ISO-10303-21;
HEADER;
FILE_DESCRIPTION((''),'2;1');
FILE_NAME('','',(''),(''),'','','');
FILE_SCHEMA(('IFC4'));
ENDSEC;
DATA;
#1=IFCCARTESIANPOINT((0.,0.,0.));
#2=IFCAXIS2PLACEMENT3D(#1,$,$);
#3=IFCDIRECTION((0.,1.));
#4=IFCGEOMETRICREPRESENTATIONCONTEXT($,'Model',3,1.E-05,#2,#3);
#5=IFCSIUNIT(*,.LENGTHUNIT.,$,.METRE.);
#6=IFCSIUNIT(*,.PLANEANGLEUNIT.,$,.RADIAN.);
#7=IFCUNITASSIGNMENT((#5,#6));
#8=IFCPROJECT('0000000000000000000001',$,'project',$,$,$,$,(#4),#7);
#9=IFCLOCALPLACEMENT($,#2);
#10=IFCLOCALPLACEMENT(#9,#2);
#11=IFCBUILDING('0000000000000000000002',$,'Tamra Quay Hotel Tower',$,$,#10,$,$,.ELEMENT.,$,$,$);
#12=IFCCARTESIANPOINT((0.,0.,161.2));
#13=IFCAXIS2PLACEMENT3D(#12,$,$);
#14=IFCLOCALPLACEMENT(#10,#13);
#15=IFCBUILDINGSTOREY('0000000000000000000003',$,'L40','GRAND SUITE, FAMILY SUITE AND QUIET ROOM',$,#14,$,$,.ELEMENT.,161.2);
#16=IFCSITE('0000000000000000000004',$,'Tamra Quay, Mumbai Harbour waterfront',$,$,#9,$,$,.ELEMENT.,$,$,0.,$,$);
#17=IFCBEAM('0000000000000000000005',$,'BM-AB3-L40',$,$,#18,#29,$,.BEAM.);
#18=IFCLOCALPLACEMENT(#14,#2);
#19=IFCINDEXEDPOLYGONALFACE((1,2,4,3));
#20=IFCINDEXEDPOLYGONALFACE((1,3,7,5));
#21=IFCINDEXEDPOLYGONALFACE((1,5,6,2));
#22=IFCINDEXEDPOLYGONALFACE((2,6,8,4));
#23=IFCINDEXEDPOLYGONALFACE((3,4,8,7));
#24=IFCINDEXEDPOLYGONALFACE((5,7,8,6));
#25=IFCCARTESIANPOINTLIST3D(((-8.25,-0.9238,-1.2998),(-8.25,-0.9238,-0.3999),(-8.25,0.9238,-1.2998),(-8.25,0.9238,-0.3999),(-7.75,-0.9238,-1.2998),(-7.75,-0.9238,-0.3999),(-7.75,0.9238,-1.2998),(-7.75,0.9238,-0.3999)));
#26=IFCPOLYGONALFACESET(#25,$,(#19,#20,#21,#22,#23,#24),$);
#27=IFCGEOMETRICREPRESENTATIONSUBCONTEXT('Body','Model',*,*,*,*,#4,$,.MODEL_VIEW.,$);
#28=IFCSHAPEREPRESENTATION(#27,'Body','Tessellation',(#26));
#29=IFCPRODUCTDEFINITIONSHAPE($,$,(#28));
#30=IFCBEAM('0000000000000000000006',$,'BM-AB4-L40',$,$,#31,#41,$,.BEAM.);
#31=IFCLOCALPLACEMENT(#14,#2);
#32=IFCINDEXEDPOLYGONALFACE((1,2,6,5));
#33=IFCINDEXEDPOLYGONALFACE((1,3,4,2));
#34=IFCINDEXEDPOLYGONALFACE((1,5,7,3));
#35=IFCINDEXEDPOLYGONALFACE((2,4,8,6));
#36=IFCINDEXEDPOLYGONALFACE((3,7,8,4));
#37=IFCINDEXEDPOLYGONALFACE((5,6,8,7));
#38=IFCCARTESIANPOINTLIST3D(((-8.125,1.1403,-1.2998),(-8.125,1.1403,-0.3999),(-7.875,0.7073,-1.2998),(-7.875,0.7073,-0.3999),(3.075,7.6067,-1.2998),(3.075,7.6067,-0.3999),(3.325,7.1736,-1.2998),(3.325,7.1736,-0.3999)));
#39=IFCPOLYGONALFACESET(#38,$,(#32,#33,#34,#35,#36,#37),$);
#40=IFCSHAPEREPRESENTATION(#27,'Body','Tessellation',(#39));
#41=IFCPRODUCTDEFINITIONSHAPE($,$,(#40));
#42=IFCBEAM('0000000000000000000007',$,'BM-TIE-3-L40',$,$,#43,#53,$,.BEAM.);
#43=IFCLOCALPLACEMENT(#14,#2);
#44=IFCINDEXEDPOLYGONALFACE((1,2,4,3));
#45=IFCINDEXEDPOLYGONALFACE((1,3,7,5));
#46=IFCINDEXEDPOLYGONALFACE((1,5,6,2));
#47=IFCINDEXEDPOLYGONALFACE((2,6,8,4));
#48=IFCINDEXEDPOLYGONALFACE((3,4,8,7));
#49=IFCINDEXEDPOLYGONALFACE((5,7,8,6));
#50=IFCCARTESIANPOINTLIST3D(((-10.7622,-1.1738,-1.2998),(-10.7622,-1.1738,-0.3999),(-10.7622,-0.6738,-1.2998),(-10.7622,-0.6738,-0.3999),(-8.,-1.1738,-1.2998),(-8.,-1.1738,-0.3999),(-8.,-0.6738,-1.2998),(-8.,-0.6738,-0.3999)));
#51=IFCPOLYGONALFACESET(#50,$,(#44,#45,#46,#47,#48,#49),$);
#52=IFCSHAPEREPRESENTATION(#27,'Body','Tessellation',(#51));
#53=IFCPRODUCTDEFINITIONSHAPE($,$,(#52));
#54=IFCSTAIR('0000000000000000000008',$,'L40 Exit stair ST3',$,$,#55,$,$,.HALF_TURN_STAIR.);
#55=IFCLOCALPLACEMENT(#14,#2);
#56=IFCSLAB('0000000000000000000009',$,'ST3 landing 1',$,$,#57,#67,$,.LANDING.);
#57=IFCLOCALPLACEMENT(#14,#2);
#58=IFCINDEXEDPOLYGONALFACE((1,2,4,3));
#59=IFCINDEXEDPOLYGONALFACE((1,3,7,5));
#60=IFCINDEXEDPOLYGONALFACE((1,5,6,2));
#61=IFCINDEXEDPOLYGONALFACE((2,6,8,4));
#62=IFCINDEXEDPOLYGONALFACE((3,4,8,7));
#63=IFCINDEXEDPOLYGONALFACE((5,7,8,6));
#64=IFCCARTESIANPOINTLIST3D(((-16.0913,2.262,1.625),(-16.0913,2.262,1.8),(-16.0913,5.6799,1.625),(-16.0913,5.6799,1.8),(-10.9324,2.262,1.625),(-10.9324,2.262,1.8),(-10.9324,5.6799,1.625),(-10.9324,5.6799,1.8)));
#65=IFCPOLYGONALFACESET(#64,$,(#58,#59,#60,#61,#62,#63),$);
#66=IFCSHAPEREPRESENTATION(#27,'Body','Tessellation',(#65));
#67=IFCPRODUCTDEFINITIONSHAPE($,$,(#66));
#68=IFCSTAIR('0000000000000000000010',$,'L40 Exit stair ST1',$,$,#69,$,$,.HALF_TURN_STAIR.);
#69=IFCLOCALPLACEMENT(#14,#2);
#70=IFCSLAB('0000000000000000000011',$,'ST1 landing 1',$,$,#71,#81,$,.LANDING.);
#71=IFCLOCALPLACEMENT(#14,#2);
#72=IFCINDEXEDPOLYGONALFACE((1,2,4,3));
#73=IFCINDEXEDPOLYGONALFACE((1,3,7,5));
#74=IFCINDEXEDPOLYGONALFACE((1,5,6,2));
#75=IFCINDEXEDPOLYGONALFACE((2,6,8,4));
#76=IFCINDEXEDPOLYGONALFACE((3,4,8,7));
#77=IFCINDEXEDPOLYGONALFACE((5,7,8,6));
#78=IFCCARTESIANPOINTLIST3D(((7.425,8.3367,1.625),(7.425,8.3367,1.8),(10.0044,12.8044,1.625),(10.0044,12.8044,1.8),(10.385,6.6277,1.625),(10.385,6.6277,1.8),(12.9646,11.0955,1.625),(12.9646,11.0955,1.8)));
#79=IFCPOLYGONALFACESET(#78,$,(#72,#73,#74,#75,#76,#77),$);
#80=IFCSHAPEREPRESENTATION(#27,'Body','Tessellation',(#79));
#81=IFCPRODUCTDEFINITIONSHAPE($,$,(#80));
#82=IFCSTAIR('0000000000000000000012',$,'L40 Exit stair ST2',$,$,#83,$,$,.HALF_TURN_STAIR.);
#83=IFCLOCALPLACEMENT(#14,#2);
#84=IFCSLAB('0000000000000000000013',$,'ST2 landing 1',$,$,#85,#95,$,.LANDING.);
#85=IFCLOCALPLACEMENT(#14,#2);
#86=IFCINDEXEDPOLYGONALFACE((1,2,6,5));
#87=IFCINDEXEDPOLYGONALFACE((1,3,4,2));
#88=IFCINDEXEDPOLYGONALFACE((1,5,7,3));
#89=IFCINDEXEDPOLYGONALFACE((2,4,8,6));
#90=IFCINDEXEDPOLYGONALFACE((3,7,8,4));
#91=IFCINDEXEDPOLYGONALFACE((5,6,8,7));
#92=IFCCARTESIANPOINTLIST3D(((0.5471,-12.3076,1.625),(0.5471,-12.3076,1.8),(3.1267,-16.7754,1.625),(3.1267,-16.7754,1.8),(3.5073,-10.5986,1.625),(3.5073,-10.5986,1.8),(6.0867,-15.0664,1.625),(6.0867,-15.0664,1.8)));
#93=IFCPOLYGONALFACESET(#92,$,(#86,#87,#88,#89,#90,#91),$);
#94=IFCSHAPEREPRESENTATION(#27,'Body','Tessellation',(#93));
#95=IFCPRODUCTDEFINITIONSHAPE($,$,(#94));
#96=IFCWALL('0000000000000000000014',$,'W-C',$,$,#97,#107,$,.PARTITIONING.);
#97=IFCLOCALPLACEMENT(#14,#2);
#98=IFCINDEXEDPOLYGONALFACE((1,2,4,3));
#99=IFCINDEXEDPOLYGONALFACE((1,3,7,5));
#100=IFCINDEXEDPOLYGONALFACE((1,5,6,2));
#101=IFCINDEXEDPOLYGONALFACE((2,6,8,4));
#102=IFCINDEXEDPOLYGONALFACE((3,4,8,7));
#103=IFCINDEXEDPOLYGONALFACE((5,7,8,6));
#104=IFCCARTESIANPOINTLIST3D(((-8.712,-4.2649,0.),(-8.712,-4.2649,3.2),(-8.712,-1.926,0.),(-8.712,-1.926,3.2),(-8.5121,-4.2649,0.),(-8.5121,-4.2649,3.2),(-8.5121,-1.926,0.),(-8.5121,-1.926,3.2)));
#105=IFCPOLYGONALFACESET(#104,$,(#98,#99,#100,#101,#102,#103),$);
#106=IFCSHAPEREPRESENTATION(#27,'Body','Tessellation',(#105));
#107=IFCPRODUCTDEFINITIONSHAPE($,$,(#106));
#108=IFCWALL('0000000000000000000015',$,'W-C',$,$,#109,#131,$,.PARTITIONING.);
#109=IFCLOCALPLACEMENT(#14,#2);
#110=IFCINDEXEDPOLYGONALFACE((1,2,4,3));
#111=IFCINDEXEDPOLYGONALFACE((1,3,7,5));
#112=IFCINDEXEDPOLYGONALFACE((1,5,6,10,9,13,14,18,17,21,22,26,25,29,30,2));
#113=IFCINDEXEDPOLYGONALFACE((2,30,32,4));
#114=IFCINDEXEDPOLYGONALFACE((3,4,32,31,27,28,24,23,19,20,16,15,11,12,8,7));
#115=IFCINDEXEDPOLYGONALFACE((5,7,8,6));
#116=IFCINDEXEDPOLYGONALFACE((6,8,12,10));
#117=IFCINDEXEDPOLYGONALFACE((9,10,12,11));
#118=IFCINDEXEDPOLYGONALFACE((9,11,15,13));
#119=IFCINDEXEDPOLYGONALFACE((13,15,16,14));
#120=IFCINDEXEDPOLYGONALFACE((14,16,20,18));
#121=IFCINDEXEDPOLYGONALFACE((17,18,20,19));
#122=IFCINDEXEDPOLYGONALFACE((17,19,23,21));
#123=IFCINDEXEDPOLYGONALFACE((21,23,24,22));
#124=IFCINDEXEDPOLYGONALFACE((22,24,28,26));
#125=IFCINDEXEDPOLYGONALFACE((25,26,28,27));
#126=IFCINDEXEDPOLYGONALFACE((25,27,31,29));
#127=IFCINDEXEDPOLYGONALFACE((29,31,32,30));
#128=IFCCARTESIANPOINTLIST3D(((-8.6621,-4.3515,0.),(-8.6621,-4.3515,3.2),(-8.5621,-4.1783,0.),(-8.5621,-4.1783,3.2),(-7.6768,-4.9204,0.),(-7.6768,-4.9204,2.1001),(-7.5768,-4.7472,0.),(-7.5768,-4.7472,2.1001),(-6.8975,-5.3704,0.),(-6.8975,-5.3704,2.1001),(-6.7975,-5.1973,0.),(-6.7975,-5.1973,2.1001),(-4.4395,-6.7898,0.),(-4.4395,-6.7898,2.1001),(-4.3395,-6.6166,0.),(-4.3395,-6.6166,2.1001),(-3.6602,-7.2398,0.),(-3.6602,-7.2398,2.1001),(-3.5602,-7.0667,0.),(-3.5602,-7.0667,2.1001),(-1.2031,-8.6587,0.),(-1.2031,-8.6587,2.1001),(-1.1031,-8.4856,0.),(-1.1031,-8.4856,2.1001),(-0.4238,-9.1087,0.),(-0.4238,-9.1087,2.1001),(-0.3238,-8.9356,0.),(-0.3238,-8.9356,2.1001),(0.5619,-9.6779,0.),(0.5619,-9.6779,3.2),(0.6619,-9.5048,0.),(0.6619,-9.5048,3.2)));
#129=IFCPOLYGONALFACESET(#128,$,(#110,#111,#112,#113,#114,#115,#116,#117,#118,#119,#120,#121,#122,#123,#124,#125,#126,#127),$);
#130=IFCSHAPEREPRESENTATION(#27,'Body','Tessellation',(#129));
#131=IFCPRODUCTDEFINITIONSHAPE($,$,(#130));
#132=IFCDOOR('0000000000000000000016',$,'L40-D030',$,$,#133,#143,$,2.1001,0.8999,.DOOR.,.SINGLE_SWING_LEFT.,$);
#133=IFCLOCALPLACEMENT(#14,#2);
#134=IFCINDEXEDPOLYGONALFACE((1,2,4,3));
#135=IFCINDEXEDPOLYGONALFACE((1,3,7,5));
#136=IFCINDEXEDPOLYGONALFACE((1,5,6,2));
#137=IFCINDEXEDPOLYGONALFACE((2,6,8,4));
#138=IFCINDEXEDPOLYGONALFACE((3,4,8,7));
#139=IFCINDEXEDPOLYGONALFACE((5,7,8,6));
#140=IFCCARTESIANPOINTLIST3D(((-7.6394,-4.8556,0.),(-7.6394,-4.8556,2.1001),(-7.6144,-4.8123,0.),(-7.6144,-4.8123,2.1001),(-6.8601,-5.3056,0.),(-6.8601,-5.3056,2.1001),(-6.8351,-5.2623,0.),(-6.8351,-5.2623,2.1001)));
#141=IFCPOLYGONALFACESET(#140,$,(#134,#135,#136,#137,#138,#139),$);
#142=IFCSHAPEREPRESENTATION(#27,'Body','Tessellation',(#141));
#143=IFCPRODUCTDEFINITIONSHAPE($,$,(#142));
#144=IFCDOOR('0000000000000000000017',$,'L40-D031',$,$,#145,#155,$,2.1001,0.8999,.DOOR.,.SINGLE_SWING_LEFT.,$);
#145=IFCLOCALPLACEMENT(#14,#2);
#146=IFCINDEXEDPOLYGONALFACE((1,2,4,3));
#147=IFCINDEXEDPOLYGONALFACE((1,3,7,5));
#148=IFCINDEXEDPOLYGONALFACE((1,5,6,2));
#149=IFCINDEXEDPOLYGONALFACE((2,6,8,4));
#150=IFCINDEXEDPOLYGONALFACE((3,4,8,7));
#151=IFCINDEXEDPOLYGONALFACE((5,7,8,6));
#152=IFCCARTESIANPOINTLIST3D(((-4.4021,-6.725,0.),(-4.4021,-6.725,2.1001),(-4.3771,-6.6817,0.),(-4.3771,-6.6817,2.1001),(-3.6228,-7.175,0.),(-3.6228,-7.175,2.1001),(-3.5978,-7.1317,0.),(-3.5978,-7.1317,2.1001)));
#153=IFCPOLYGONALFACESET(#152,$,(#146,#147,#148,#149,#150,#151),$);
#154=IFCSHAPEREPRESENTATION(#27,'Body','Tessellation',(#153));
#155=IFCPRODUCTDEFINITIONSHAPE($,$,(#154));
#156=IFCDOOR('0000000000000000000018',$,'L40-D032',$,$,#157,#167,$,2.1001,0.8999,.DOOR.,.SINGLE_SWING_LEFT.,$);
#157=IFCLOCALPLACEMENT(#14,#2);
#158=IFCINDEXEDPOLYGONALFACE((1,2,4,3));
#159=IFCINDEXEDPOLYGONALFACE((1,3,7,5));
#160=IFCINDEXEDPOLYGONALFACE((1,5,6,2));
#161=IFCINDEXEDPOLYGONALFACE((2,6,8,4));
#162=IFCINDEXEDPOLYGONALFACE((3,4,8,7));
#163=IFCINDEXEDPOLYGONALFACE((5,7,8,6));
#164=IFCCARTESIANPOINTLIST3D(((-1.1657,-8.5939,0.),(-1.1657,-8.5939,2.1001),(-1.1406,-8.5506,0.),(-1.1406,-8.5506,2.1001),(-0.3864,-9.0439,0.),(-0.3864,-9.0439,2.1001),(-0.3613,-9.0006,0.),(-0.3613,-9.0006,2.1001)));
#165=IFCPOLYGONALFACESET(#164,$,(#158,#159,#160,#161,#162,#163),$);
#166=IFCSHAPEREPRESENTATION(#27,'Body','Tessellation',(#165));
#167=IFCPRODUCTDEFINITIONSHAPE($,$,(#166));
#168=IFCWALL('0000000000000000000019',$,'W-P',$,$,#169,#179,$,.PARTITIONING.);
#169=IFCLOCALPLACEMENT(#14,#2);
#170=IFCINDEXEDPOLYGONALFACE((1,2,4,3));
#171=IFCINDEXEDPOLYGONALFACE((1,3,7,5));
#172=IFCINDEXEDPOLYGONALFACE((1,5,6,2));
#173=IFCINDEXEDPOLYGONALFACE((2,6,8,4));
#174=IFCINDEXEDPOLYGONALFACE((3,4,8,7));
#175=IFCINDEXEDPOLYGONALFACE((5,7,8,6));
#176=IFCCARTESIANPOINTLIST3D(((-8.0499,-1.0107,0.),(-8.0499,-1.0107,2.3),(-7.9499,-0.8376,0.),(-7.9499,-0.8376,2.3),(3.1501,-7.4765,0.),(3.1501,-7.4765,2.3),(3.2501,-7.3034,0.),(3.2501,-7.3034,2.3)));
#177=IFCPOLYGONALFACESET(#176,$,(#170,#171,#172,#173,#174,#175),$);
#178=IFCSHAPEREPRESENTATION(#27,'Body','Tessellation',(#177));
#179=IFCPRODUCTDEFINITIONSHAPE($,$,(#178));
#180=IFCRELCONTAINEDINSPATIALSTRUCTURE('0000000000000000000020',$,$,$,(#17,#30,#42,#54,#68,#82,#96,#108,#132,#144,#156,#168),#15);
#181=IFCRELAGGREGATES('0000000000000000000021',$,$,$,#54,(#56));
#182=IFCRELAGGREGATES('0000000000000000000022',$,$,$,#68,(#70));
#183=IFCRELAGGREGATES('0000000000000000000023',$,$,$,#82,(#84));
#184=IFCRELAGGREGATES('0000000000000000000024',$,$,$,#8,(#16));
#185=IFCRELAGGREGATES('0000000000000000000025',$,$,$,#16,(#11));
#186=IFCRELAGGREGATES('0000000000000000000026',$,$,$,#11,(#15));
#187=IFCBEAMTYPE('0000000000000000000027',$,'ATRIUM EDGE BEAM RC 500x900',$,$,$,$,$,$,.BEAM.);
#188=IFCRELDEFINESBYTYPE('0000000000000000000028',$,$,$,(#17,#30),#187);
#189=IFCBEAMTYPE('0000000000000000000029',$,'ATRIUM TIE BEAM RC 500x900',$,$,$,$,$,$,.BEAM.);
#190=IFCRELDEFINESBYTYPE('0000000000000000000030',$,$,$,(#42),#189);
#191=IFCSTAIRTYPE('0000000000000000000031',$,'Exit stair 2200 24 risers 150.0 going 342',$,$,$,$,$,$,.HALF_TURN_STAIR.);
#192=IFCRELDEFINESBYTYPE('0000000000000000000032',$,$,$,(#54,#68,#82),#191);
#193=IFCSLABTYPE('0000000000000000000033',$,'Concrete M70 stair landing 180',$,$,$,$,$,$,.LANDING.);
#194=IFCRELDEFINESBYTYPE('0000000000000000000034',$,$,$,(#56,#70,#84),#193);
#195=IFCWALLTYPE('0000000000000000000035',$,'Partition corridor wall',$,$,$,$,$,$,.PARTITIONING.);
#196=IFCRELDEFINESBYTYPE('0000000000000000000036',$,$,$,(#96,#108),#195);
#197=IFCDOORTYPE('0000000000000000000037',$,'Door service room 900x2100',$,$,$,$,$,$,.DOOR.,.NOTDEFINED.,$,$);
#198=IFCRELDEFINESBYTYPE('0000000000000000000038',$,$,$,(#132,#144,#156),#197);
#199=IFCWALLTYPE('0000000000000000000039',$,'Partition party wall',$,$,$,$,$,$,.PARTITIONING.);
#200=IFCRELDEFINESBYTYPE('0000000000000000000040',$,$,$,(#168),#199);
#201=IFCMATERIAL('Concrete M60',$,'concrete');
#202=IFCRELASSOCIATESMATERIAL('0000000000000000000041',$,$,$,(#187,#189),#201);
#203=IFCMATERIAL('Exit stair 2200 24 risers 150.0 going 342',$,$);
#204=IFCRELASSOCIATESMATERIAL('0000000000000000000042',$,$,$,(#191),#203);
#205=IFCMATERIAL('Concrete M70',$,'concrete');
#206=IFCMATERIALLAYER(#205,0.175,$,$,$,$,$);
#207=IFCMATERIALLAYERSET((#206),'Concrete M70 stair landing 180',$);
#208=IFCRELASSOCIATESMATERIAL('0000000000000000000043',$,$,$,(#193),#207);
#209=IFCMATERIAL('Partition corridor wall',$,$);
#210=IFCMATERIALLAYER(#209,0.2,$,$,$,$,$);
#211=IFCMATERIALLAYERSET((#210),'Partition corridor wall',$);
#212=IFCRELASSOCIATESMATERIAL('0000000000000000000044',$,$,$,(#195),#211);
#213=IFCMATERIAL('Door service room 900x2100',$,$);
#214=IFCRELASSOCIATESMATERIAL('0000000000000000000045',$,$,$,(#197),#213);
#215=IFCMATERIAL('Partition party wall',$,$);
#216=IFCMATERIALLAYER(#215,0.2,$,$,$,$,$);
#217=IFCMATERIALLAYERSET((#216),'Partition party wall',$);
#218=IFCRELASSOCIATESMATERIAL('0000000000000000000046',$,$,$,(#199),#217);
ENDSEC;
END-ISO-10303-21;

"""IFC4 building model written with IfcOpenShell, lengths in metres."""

from ifc_helpers import new_model, si_unit, direction, frame, frame_2d, origin, origin_2d, place, context, subcontext, project, spatial, polyline, rectangle, outline, extrude, material, layer, layer_set, material_profile, profile_set, type_object, element, fill, aggregate, save


model = new_model("IFC4")

# Units and contexts
model_context = context("Model", 3, precision=1e-05, world=origin(), true_north=direction((0.0, 1.0)))
body_context = subcontext(model_context, "Body", "Model", "MODEL_VIEW")
ifc_project = project(units=[si_unit("LENGTHUNIT", "METRE"), si_unit("PLANEANGLEUNIT", "RADIAN")], contexts=[model_context])

# Site, building, storey
site_placement = place(None, origin())
site = spatial("IfcSite", under=ifc_project, at=site_placement, Name="Tamra Quay, Mumbai Harbour waterfront", CompositionType="ELEMENT", RefElevation=0.0)
building_placement = place(site_placement, origin())
building = spatial("IfcBuilding", under=site, at=building_placement, Name="Tamra Quay Hotel Tower", CompositionType="ELEMENT")
storey_placement = place(building_placement, frame((0.0, 0.0, 161.2)))
storey = spatial("IfcBuildingStorey", under=building, at=storey_placement, Name="L40", Description="GRAND SUITE, FAMILY SUITE AND QUIET ROOM", CompositionType="ELEMENT", Elevation=161.2)

# Beams
ifc_material_1 = material(Name="Concrete M60", Category="concrete")
ifc_material_profile_1 = material_profile(ifc_material_1, rectangle(XDim=0.5, YDim=0.8999, at=origin_2d()), Name="ATRIUM EDGE BEAM RC 500x900")
ifc_profile_set_1 = profile_set([ifc_material_profile_1], Name="Concrete M60")
beam_type_1 = type_object("IfcBeamType", Name="ATRIUM EDGE BEAM RC 500x900", PredefinedType="BEAM", material=ifc_profile_set_1)
beam_1_placement = place(storey_placement, frame((-8.0, -0.9238, -0.8499), z_axis=(0.0, 1.0, 0.0), x_axis=(-1.0, 0.0, 0.0)))
element("IfcBeam", 1, at=beam_1_placement, inside=storey, type_object=beam_type_1, Name="BM-AB3-L40", PredefinedType="BEAM", context=body_context, shape_type="SweptSolid", body=[
    extrude(rectangle(XDim=0.5, YDim=0.8999, at=origin_2d()), origin(), (0.0, 0.0, 1.0), 1.8477),
])
beam_2_placement = place(storey_placement, frame((-8.0, 0.9238, -0.8499), z_axis=(0.866025, 0.500001, 0.0), x_axis=(-0.500001, 0.866025, 0.0)))
element("IfcBeam", 2, at=beam_2_placement, inside=storey, type_object=beam_type_1, Name="BM-AB4-L40", PredefinedType="BEAM", context=body_context, shape_type="SweptSolid", body=[
    extrude(rectangle(XDim=0.5, YDim=0.8999, at=origin_2d()), origin(), (0.0, 0.0, 1.0), 12.9326),
])
ifc_material_profile_2 = material_profile(ifc_material_1, rectangle(XDim=0.5, YDim=0.8999, at=origin_2d()), Name="ATRIUM TIE BEAM RC 500x900")
ifc_profile_set_2 = profile_set([ifc_material_profile_2], Name="Concrete M60")
beam_type_2 = type_object("IfcBeamType", Name="ATRIUM TIE BEAM RC 500x900", PredefinedType="BEAM", material=ifc_profile_set_2)
beam_3_placement = place(storey_placement, frame((-8.0, -0.9238, -0.8499), z_axis=(-1.0, 0.0, 0.0), x_axis=(0.0, -1.0, 0.0)))
element("IfcBeam", 3, at=beam_3_placement, inside=storey, type_object=beam_type_2, Name="BM-TIE-3-L40", PredefinedType="BEAM", context=body_context, shape_type="SweptSolid", body=[
    extrude(rectangle(XDim=0.5, YDim=0.8999, at=origin_2d()), origin(), (0.0, 0.0, 1.0), 2.7622),
])

# Stairs, slabs
ifc_material_2 = material(Name="Exit stair 2200 24 risers 150.0 going 342")
stair_type = type_object("IfcStairType", Name="Exit stair 2200 24 risers 150.0 going 342", PredefinedType="HALF_TURN_STAIR", material=ifc_material_2)
stair_1_placement = place(storey_placement, origin())
stair_1 = element("IfcStair", 4, at=stair_1_placement, inside=storey, type_object=stair_type, Name="L40 Exit stair ST3", PredefinedType="HALF_TURN_STAIR")
ifc_material_3 = material(Name="Concrete M70", Category="concrete")
ifc_layer_1 = layer(ifc_material_3, 0.175)
ifc_layer_set_1 = layer_set([ifc_layer_1], Name="Concrete M70 stair landing 180")
slab_type_1 = type_object("IfcSlabType", Name="Concrete M70 stair landing 180", PredefinedType="LANDING", material=ifc_layer_set_1)
slab_1_placement = place(storey_placement, frame((0.0, 0.0, 1.625)))
slab_1 = element("IfcSlab", 5, at=slab_1_placement, type_object=slab_type_1, Name="ST3 landing 1", PredefinedType="LANDING", context=body_context, shape_type="SweptSolid", body=[
    extrude(outline(polyline([(-10.9324, 2.262), (-10.9324, 5.6799), (-16.0913, 5.6799), (-16.0913, 2.262), (-10.9324, 2.262)])), origin(), (0.0, 0.0, 1.0), 0.175),
])
aggregate(stair_1, [slab_1])
stair_2_placement = place(storey_placement, origin())
stair_2 = element("IfcStair", 6, at=stair_2_placement, inside=storey, type_object=stair_type, Name="L40 Exit stair ST1", PredefinedType="HALF_TURN_STAIR")
slab_2_placement = place(storey_placement, frame((0.0, 0.0, 1.625)))
slab_2 = element("IfcSlab", 7, at=slab_2_placement, type_object=slab_type_1, Name="ST1 landing 1", PredefinedType="LANDING", context=body_context, shape_type="SweptSolid", body=[
    extrude(outline(polyline([(7.425, 8.3367), (10.385, 6.6277), (12.9646, 11.0955), (10.0044, 12.8044), (7.425, 8.3367)])), origin(), (0.0, 0.0, 1.0), 0.175),
])
aggregate(stair_2, [slab_2])
stair_3_placement = place(storey_placement, origin())
stair_3 = element("IfcStair", 8, at=stair_3_placement, inside=storey, type_object=stair_type, Name="L40 Exit stair ST2", PredefinedType="HALF_TURN_STAIR")
slab_3_placement = place(storey_placement, frame((0.0, 0.0, 1.625)))
slab_3 = element("IfcSlab", 9, at=slab_3_placement, type_object=slab_type_1, Name="ST2 landing 1", PredefinedType="LANDING", context=body_context, shape_type="SweptSolid", body=[
    extrude(outline(polyline([(3.5073, -10.5986), (0.5471, -12.3076), (3.1267, -16.7754), (6.0867, -15.0664), (3.5073, -10.5986)])), origin(), (0.0, 0.0, 1.0), 0.175),
])
aggregate(stair_3, [slab_3])

# Wall
ifc_material_4 = material(Name="Partition corridor wall")
ifc_layer_2 = layer(ifc_material_4, 0.2)
ifc_layer_set_2 = layer_set([ifc_layer_2], Name="Partition corridor wall")
wall_type_1 = type_object("IfcWallType", Name="Partition corridor wall", PredefinedType="PARTITIONING", material=ifc_layer_set_2)
wall_1_placement = place(storey_placement, frame((-8.6121, -4.2649, 0.0), z_axis=(0.0, 0.0, 1.0), x_axis=(0.0, 1.0, 0.0)))
element("IfcWall", 10, at=wall_1_placement, inside=storey, type_object=wall_type_1, Name="W-C", PredefinedType="PARTITIONING", context=body_context, shape_type="SweptSolid", body=[
    extrude(rectangle(XDim=2.3389, YDim=0.2, at=frame_2d((1.1694, 0.0))), origin(), (0.0, 0.0, 1.0), 3.2),
])

# Wall, openings, doors
wall_2_placement = place(storey_placement, frame((-8.6121, -4.2649, 0.0), z_axis=(0.0, 0.0, 1.0), x_axis=(0.865984, -0.500071, 0.0)))
wall_2 = element("IfcWall", 11, at=wall_2_placement, inside=storey, type_object=wall_type_1, Name="W-C", PredefinedType="PARTITIONING", context=body_context, shape_type="SweptSolid", body=[
    extrude(rectangle(XDim=10.6514, YDim=0.2, at=frame_2d((5.3257, 0.0))), origin(), (0.0, 0.0, 1.0), 3.2),
])
opening_1_placement = place(wall_2_placement, frame((1.1377, 0.0, 0.0)))
opening_1 = element("IfcOpeningElement", 12, at=opening_1_placement, cuts=wall_2, PredefinedType="OPENING", context=body_context, shape_type="SweptSolid", body=[
    extrude(rectangle(XDim=0.8999, YDim=2.1001, at=frame_2d((0.45, 1.05))), frame((0.0, 0.1099, 0.0), z_axis=(0.0, -1.0, 0.0), x_axis=(1.0, 0.0, 0.0)), (0.0, 0.0, 1.0), 0.22),
])
opening_2_placement = place(wall_2_placement, frame((4.876, 0.0, 0.0)))
opening_2 = element("IfcOpeningElement", 13, at=opening_2_placement, cuts=wall_2, PredefinedType="OPENING", context=body_context, shape_type="SweptSolid", body=[
    extrude(rectangle(XDim=0.8999, YDim=2.1001, at=frame_2d((0.45, 1.05))), frame((0.0, 0.1099, 0.0), z_axis=(0.0, -1.0, 0.0), x_axis=(1.0, 0.0, 0.0)), (0.0, 0.0, 1.0), 0.22),
])
opening_3_placement = place(wall_2_placement, frame((8.6133, 0.0, 0.0)))
opening_3 = element("IfcOpeningElement", 14, at=opening_3_placement, cuts=wall_2, PredefinedType="OPENING", context=body_context, shape_type="SweptSolid", body=[
    extrude(rectangle(XDim=0.8999, YDim=2.1001, at=frame_2d((0.45, 1.05))), frame((0.0, 0.1099, 0.0), z_axis=(0.0, -1.0, 0.0), x_axis=(1.0, 0.0, 0.0)), (0.0, 0.0, 1.0), 0.22),
])
ifc_material_5 = material(Name="Door service room 900x2100")
door_type = type_object("IfcDoorType", Name="Door service room 900x2100", OperationType="NOTDEFINED", PredefinedType="DOOR", material=ifc_material_5)
door_1_placement = place(opening_1_placement, origin())
door_1 = element("IfcDoor", 15, at=door_1_placement, inside=storey, type_object=door_type, Name="L40-D030", OperationType="SINGLE_SWING_LEFT", OverallHeight=2.1001, OverallWidth=0.8999, PredefinedType="DOOR", context=body_context, shape_type="SweptSolid", body=[
    extrude(rectangle(XDim=0.8999, YDim=2.1001, at=frame_2d((0.45, 1.05))), frame((0.0, 0.0249, 0.0), z_axis=(0.0, -1.0, 0.0), x_axis=(1.0, 0.0, 0.0)), (0.0, 0.0, 1.0), 0.05),
])
fill(opening_1, door_1)
door_2_placement = place(opening_2_placement, origin())
door_2 = element("IfcDoor", 16, at=door_2_placement, inside=storey, type_object=door_type, Name="L40-D031", OperationType="SINGLE_SWING_LEFT", OverallHeight=2.1001, OverallWidth=0.8999, PredefinedType="DOOR", context=body_context, shape_type="SweptSolid", body=[
    extrude(rectangle(XDim=0.8999, YDim=2.1001, at=frame_2d((0.45, 1.05))), frame((0.0, 0.0249, 0.0), z_axis=(0.0, -1.0, 0.0), x_axis=(1.0, 0.0, 0.0)), (0.0, 0.0, 1.0), 0.05),
])
fill(opening_2, door_2)
door_3_placement = place(opening_3_placement, origin())
door_3 = element("IfcDoor", 17, at=door_3_placement, inside=storey, type_object=door_type, Name="L40-D032", OperationType="SINGLE_SWING_LEFT", OverallHeight=2.1001, OverallWidth=0.8999, PredefinedType="DOOR", context=body_context, shape_type="SweptSolid", body=[
    extrude(rectangle(XDim=0.8999, YDim=2.1001, at=frame_2d((0.45, 1.05))), frame((0.0, 0.0249, 0.0), z_axis=(0.0, -1.0, 0.0), x_axis=(1.0, 0.0, 0.0)), (0.0, 0.0, 1.0), 0.05),
])
fill(opening_3, door_3)

# Wall
ifc_material_6 = material(Name="Partition party wall")
ifc_layer_3 = layer(ifc_material_6, 0.2)
ifc_layer_set_3 = layer_set([ifc_layer_3], Name="Partition party wall")
wall_type_2 = type_object("IfcWallType", Name="Partition party wall", PredefinedType="PARTITIONING", material=ifc_layer_set_3)
wall_3_placement = place(storey_placement, frame((-8.0, -0.9241, 0.0), z_axis=(0.0, 0.0, 1.0), x_axis=(0.866041, -0.499972, 0.0)))
element("IfcWall", 18, at=wall_3_placement, inside=storey, type_object=wall_type_2, Name="W-P", PredefinedType="PARTITIONING", context=body_context, shape_type="SweptSolid", body=[
    extrude(rectangle(XDim=12.9324, YDim=0.2, at=frame_2d((6.4663, 0.0))), origin(), (0.0, 0.0, 1.0), 2.3),
])

save(model, "model.ifc")
